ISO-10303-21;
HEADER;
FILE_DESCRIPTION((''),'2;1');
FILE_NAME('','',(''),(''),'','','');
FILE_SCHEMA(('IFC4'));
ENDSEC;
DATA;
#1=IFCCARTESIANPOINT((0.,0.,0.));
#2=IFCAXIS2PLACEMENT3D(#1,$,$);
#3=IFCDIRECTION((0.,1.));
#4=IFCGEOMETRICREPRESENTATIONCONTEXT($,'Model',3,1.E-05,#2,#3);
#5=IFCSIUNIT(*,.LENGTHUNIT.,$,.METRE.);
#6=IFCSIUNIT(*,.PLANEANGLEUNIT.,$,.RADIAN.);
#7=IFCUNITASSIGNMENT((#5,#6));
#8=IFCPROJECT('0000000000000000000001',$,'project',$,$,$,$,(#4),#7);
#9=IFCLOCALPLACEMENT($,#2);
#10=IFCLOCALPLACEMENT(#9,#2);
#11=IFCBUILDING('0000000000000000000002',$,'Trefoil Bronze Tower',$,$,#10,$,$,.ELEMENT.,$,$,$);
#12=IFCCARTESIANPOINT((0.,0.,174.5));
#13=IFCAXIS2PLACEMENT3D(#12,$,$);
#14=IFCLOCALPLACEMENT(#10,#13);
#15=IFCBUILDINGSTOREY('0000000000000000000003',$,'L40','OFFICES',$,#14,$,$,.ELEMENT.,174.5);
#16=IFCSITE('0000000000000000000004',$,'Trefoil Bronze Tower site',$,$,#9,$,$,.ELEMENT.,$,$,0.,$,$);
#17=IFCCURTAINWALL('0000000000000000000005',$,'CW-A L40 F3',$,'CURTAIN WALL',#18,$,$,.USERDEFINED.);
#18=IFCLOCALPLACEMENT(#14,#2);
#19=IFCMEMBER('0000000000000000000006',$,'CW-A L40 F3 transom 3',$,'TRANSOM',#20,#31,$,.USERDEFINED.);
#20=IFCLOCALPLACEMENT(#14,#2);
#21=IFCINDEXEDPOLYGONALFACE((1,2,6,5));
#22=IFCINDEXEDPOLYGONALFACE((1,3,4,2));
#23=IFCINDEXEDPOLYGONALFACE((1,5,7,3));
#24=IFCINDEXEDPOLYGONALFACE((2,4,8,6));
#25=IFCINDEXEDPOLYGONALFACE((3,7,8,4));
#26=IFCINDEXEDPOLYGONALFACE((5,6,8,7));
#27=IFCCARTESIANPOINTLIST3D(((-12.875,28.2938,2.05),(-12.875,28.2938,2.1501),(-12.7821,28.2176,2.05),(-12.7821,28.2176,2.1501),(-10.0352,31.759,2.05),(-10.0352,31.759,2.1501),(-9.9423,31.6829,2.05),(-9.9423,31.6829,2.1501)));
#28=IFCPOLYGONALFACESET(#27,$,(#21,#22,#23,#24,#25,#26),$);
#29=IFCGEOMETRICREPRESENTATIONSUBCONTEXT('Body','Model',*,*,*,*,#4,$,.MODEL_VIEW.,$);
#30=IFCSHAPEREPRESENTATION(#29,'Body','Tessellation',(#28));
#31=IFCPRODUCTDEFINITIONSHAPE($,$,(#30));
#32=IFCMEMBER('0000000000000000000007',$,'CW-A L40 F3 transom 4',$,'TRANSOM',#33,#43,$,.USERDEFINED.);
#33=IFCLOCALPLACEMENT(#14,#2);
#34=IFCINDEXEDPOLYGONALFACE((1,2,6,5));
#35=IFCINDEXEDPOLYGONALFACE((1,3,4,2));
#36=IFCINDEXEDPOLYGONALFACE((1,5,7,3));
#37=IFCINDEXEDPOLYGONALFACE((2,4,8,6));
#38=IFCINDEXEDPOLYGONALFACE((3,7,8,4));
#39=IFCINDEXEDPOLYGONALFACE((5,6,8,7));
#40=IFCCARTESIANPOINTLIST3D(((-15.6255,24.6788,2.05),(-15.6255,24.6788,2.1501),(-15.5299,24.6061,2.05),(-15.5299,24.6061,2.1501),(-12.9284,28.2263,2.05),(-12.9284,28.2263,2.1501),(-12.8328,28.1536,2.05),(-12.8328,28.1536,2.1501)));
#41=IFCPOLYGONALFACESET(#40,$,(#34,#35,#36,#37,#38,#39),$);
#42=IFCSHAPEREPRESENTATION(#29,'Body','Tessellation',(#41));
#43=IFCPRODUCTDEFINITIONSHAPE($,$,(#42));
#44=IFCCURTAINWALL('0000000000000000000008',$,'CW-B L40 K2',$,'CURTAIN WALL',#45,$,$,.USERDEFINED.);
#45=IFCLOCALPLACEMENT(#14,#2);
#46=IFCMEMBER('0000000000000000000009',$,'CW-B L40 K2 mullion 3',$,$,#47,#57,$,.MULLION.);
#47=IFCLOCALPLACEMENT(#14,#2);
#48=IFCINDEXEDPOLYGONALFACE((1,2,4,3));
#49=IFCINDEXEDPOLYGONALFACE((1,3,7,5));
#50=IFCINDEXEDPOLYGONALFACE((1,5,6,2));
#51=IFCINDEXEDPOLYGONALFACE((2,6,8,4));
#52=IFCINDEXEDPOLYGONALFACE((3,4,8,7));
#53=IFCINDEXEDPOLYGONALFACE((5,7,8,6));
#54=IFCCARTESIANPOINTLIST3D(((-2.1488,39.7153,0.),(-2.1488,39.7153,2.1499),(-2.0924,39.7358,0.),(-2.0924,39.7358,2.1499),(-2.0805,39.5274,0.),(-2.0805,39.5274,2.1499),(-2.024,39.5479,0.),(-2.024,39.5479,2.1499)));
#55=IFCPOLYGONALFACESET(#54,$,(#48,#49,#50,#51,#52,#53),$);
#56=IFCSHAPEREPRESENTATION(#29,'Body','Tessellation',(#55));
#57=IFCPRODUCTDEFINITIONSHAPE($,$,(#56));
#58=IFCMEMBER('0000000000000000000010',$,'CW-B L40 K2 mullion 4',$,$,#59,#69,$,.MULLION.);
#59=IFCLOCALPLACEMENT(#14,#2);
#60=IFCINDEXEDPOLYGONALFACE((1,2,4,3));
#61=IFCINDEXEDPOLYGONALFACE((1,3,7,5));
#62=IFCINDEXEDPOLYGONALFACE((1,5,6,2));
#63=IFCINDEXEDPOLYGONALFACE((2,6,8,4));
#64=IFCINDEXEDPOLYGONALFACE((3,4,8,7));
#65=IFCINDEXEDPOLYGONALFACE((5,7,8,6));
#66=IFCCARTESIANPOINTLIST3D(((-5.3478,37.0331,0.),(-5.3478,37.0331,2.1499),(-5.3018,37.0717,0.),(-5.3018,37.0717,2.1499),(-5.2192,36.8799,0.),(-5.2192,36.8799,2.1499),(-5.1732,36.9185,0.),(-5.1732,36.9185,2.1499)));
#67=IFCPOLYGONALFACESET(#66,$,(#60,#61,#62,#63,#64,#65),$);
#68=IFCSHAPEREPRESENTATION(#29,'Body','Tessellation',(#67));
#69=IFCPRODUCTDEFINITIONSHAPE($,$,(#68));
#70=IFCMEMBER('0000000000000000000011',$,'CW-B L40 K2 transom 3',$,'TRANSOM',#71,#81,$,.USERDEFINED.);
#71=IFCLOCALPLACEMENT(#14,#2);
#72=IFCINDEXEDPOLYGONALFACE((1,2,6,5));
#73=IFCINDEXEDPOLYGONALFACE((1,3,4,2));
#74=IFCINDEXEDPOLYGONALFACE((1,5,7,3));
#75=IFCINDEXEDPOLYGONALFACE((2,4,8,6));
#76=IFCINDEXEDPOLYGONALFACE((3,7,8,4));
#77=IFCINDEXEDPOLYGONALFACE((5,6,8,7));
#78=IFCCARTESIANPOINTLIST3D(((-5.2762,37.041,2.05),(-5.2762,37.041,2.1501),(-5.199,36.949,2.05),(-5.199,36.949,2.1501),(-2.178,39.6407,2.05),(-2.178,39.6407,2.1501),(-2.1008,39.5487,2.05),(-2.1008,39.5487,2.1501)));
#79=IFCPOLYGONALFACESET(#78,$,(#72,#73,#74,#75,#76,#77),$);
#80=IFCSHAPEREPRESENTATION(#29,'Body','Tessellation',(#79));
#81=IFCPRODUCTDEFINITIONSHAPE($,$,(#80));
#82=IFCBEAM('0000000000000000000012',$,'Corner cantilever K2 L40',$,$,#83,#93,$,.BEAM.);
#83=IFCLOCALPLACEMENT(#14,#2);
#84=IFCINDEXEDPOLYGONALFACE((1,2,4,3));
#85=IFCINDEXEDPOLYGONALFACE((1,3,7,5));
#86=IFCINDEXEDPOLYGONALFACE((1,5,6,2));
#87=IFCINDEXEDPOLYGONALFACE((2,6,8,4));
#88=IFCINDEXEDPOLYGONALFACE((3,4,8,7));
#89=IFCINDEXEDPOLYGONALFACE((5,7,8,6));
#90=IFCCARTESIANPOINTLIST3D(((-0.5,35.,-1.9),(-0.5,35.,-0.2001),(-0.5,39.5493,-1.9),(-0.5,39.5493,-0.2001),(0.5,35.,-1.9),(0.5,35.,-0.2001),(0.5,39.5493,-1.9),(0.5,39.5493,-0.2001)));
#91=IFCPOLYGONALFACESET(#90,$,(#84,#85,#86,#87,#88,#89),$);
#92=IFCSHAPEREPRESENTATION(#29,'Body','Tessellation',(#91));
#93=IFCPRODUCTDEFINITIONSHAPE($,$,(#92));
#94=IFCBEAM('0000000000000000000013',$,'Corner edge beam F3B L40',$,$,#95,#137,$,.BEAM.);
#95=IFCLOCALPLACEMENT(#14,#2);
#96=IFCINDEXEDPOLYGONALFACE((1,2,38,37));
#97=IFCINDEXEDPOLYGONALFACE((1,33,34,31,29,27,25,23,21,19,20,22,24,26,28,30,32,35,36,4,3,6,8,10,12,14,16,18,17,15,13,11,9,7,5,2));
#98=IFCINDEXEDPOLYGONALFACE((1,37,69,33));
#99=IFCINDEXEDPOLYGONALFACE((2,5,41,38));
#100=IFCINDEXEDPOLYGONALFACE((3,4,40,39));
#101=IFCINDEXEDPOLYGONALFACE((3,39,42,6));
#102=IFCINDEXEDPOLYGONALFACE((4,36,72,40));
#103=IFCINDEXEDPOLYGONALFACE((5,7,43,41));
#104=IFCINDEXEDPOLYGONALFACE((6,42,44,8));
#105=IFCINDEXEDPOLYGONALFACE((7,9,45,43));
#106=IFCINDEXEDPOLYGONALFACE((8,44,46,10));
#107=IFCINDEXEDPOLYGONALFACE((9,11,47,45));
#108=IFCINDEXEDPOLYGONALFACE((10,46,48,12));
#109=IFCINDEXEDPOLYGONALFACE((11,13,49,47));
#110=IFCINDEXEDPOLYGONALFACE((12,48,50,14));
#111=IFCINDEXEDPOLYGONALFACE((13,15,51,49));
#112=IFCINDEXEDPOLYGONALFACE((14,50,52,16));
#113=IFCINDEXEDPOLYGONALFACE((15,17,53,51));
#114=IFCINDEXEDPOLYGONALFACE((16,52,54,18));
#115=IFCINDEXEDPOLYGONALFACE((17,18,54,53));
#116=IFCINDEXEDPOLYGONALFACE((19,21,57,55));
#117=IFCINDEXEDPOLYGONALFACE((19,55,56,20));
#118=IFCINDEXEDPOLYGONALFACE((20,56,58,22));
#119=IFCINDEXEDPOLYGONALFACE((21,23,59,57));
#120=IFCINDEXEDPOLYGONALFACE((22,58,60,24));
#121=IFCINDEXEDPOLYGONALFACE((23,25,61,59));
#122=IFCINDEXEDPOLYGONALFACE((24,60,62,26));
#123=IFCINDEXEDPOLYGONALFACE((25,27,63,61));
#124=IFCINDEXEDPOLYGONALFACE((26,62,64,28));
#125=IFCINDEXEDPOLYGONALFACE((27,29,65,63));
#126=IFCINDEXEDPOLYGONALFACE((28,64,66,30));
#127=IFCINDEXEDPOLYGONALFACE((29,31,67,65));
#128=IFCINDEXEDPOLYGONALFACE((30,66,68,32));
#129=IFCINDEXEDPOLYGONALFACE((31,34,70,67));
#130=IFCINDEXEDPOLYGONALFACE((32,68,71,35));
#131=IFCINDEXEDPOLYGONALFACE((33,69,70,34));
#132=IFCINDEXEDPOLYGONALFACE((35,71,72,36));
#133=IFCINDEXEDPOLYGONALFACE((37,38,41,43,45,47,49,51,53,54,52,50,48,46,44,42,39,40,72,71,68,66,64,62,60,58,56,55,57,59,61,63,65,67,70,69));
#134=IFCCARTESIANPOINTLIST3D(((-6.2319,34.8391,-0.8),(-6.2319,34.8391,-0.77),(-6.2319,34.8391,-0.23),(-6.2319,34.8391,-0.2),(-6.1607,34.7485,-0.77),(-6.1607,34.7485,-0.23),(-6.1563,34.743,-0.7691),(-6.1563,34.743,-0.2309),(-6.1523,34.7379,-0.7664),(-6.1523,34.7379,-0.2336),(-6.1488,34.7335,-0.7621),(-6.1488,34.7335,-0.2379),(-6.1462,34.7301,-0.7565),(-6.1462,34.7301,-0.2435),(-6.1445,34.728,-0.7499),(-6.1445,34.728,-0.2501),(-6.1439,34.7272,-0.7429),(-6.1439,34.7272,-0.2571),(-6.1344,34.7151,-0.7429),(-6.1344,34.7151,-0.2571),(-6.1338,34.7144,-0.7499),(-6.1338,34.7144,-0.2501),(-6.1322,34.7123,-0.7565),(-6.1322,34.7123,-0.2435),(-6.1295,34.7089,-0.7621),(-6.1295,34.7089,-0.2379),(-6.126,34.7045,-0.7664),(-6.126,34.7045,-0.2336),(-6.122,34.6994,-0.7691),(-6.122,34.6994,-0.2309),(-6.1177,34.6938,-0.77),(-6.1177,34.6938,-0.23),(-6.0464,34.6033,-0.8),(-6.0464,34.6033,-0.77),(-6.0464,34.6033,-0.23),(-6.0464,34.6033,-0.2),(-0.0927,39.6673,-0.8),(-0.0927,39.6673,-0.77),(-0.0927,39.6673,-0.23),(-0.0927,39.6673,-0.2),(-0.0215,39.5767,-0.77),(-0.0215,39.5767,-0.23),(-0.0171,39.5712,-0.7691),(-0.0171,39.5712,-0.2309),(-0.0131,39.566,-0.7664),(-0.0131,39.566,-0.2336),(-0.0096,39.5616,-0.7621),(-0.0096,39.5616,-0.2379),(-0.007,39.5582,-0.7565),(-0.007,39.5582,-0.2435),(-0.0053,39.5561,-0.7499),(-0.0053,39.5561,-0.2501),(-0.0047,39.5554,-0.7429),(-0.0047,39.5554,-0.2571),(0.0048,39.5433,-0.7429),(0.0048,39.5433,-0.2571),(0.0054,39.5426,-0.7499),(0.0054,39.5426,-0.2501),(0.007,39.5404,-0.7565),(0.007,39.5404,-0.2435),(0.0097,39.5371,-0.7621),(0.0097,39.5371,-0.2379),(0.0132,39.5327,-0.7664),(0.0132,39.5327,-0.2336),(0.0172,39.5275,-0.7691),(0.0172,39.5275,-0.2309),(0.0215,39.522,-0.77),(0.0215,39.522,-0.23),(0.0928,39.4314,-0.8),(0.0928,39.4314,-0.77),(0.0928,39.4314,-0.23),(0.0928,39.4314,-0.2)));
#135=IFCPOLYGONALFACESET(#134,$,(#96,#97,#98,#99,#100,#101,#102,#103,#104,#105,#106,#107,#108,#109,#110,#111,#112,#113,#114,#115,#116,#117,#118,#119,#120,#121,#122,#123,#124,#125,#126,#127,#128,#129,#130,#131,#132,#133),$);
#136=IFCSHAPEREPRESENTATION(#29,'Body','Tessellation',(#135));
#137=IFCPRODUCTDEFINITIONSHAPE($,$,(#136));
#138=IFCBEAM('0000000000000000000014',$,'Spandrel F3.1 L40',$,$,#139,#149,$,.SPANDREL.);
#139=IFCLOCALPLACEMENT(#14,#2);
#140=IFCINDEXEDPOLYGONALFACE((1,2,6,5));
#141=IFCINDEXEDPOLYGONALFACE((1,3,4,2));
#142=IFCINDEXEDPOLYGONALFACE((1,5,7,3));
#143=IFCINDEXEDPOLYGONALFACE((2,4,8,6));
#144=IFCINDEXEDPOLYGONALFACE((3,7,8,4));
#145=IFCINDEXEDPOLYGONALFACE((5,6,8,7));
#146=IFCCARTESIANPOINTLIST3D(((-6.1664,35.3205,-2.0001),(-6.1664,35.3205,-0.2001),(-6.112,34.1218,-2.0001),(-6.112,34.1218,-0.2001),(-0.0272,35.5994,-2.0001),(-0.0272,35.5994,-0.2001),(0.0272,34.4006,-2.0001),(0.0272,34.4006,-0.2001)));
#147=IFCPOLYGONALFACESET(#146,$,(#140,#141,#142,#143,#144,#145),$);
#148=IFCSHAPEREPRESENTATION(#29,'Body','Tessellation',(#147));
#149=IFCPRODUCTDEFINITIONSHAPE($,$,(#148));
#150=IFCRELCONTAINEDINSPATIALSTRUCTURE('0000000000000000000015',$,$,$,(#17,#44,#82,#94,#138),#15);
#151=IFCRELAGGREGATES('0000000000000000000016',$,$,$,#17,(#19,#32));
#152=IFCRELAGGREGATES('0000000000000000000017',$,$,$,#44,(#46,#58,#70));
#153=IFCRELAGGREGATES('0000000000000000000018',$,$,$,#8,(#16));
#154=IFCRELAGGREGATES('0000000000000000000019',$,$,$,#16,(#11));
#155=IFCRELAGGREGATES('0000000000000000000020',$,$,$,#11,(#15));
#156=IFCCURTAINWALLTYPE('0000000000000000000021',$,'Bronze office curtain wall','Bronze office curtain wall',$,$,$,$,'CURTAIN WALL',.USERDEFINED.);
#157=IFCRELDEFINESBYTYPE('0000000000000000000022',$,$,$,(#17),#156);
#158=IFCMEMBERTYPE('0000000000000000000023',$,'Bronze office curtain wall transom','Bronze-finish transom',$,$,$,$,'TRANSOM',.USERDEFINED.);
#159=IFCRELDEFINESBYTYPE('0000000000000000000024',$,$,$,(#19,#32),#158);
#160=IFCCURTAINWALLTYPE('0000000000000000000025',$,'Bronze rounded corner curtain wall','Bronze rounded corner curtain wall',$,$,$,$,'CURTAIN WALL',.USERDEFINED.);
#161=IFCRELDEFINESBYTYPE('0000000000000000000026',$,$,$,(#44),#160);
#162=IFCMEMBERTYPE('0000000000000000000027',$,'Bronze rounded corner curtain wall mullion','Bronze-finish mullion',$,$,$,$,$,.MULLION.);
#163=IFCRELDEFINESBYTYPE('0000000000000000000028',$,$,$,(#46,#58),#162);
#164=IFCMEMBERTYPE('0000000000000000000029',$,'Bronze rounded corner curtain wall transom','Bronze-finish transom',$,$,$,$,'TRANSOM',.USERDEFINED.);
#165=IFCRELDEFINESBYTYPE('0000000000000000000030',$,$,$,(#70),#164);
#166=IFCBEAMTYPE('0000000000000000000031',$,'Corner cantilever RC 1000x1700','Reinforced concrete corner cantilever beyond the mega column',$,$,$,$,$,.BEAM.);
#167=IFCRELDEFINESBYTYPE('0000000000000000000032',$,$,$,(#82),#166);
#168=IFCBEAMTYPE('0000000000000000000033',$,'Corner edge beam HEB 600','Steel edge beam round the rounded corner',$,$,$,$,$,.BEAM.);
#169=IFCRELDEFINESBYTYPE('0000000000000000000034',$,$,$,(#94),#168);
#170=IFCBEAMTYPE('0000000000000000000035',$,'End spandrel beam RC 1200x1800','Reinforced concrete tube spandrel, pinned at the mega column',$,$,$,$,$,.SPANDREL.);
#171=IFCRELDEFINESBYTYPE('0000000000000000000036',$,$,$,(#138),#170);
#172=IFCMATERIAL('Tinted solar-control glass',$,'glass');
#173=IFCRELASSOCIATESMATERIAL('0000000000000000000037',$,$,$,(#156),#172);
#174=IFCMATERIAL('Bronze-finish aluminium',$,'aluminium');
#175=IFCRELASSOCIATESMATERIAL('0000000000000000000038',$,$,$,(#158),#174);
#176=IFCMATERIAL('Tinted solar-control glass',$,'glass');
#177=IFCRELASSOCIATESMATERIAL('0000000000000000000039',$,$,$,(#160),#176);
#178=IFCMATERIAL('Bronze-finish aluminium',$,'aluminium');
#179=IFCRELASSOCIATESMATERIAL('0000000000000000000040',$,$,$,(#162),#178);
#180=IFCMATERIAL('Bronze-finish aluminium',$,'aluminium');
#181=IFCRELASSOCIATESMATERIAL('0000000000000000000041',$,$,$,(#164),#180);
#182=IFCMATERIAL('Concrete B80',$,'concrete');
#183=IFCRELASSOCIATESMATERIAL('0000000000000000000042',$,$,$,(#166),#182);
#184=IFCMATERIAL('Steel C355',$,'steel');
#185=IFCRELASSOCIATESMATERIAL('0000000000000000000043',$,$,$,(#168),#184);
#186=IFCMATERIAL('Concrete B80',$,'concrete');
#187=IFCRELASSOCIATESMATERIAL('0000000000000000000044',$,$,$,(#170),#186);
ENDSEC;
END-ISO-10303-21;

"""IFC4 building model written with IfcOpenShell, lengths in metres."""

from ifc_helpers import new_model, si_unit, direction, frame, origin, origin_2d, place, context, subcontext, project, spatial, rectangle, i_section, extrude, material, material_profile, profile_set, type_object, element, aggregate, save


model = new_model("IFC4")

# Units and contexts
model_context = context("Model", 3, precision=1e-05, world=origin(), true_north=direction((0.0, 1.0)))
body_context = subcontext(model_context, "Body", "Model", "MODEL_VIEW")
ifc_project = project(units=[si_unit("LENGTHUNIT", "METRE"), si_unit("PLANEANGLEUNIT", "RADIAN")], contexts=[model_context])

# Site, building, storey
site_placement = place(None, origin())
site = spatial("IfcSite", under=ifc_project, at=site_placement, Name="Trefoil Bronze Tower site", CompositionType="ELEMENT", RefElevation=0.0)
building_placement = place(site_placement, origin())
building = spatial("IfcBuilding", under=site, at=building_placement, Name="Trefoil Bronze Tower", CompositionType="ELEMENT")
storey_placement = place(building_placement, frame((0.0, 0.0, 174.5)))
storey = spatial("IfcBuildingStorey", under=building, at=storey_placement, Name="L40", Description="OFFICES", CompositionType="ELEMENT", Elevation=174.5)

# Curtain walls, members
ifc_material_1 = material(Name="Tinted solar-control glass", Category="glass")
curtain_wall_type_1 = type_object("IfcCurtainWallType", Name="Bronze office curtain wall", Description="Bronze office curtain wall", ElementType="CURTAIN WALL", PredefinedType="USERDEFINED", material=ifc_material_1)
curtain_wall_1_placement = place(storey_placement, origin())
curtain_wall_1 = element("IfcCurtainWall", 1, at=curtain_wall_1_placement, inside=storey, type_object=curtain_wall_type_1, Name="CW-A L40 F3", ObjectType="CURTAIN WALL", PredefinedType="USERDEFINED")
ifc_material_2 = material(Name="Bronze-finish aluminium", Category="aluminium")
ifc_material_profile_1 = material_profile(ifc_material_2, rectangle(XDim=0.1201, YDim=0.1001, at=origin_2d()), Name="CW-A transom")
ifc_profile_set_1 = profile_set([ifc_material_profile_1], Name="Bronze-finish aluminium")
member_type_1 = type_object("IfcMemberType", Name="Bronze office curtain wall transom", Description="Bronze-finish transom", ElementType="TRANSOM", PredefinedType="USERDEFINED", material=ifc_profile_set_1)
member_1_placement = place(storey_placement, frame((-9.9888, 31.7209, 2.1001), z_axis=(-0.633849, -0.773457, 0.0), x_axis=(0.773457, -0.633849, 0.0)))
member_1 = element("IfcMember", 2, at=member_1_placement, type_object=member_type_1, Name="CW-A L40 F3 transom 3", ObjectType="TRANSOM", PredefinedType="USERDEFINED", context=body_context, shape_type="SweptSolid", body=[
    extrude(rectangle(XDim=0.1201, YDim=0.1001, at=origin_2d()), origin(), (0.0, 0.0, 1.0), 4.4802),
])
member_2_placement = place(storey_placement, frame((-12.8806, 28.1899, 2.1001), z_axis=(-0.605229, -0.796051, 0.0), x_axis=(0.796051, -0.605229, 0.0)))
member_2 = element("IfcMember", 3, at=member_2_placement, type_object=member_type_1, Name="CW-A L40 F3 transom 4", ObjectType="TRANSOM", PredefinedType="USERDEFINED", context=body_context, shape_type="SweptSolid", body=[
    extrude(rectangle(XDim=0.1201, YDim=0.1001, at=origin_2d()), origin(), (0.0, 0.0, 1.0), 4.4563),
])
ifc_material_3 = material(Name="Tinted solar-control glass", Category="glass")
curtain_wall_type_2 = type_object("IfcCurtainWallType", Name="Bronze rounded corner curtain wall", Description="Bronze rounded corner curtain wall", ElementType="CURTAIN WALL", PredefinedType="USERDEFINED", material=ifc_material_3)
curtain_wall_2_placement = place(storey_placement, origin())
curtain_wall_2 = element("IfcCurtainWall", 4, at=curtain_wall_2_placement, inside=storey, type_object=curtain_wall_type_2, Name="CW-B L40 K2", ObjectType="CURTAIN WALL", PredefinedType="USERDEFINED")
ifc_material_4 = material(Name="Bronze-finish aluminium", Category="aluminium")
ifc_material_profile_2 = material_profile(ifc_material_4, rectangle(XDim=0.2, YDim=0.0601, at=origin_2d()), Name="CW-B mullion")
ifc_profile_set_2 = profile_set([ifc_material_profile_2], Name="Bronze-finish aluminium")
member_type_2 = type_object("IfcMemberType", Name="Bronze rounded corner curtain wall mullion", Description="Bronze-finish mullion", PredefinedType="MULLION", material=ifc_profile_set_2)
member_3_placement = place(storey_placement, frame((-2.0864, 39.6316, 0.0), z_axis=(0.0, 0.0, 1.0), x_axis=(0.34202, -0.939693, 0.0)))
member_3 = element("IfcMember", 5, at=member_3_placement, type_object=member_type_2, Name="CW-B L40 K2 mullion 3", PredefinedType="MULLION", context=body_context, shape_type="SweptSolid", body=[
    extrude(rectangle(XDim=0.2, YDim=0.0601, at=origin_2d()), origin(), (0.0, 0.0, 1.0), 2.1499),
])
member_4_placement = place(storey_placement, frame((-5.2605, 36.9758, 0.0), z_axis=(0.0, 0.0, 1.0), x_axis=(0.642788, -0.766044, 0.0)))
member_4 = element("IfcMember", 6, at=member_4_placement, type_object=member_type_2, Name="CW-B L40 K2 mullion 4", PredefinedType="MULLION", context=body_context, shape_type="SweptSolid", body=[
    extrude(rectangle(XDim=0.2, YDim=0.0601, at=origin_2d()), origin(), (0.0, 0.0, 1.0), 2.1499),
])
ifc_material_5 = material(Name="Bronze-finish aluminium", Category="aluminium")
ifc_material_profile_3 = material_profile(ifc_material_5, rectangle(XDim=0.1201, YDim=0.1001, at=origin_2d()), Name="CW-B transom")
ifc_profile_set_3 = profile_set([ifc_material_profile_3], Name="Bronze-finish aluminium")
member_type_3 = type_object("IfcMemberType", Name="Bronze rounded corner curtain wall transom", Description="Bronze-finish transom", ElementType="TRANSOM", PredefinedType="USERDEFINED", material=ifc_profile_set_3)
member_5_placement = place(storey_placement, frame((-2.1394, 39.5947, 2.1001), z_axis=(-0.76605, -0.642781, 0.0), x_axis=(0.642781, -0.76605, 0.0)))
member_5 = element("IfcMember", 7, at=member_5_placement, type_object=member_type_3, Name="CW-B L40 K2 transom 3", ObjectType="TRANSOM", PredefinedType="USERDEFINED", context=body_context, shape_type="SweptSolid", body=[
    extrude(rectangle(XDim=0.1201, YDim=0.1001, at=origin_2d()), origin(), (0.0, 0.0, 1.0), 4.0444),
])

# Beams
ifc_material_6 = material(Name="Concrete B80", Category="concrete")
ifc_material_profile_4 = material_profile(ifc_material_6, rectangle(XDim=1.0, YDim=1.7, at=origin_2d()), Name="RC 1000x1700")
ifc_profile_set_4 = profile_set([ifc_material_profile_4], Name="Concrete B80")
beam_type_1 = type_object("IfcBeamType", Name="Corner cantilever RC 1000x1700", Description="Reinforced concrete corner cantilever beyond the mega column", PredefinedType="BEAM", material=ifc_profile_set_4)
beam_1_placement = place(storey_placement, frame((0.0, 35.0, -1.05), z_axis=(0.0, 1.0, 0.0), x_axis=(-1.0, 0.0, 0.0)))
element("IfcBeam", 8, at=beam_1_placement, inside=storey, type_object=beam_type_1, Name="Corner cantilever K2 L40", PredefinedType="BEAM", context=body_context, shape_type="SweptSolid", body=[
    extrude(rectangle(XDim=1.0, YDim=1.7, at=origin_2d()), origin(), (0.0, 0.0, 1.0), 4.5493),
])
ifc_material_7 = material(Name="Steel C355", Category="steel")
ifc_material_profile_5 = material_profile(ifc_material_7, i_section(OverallWidth=0.3, OverallDepth=0.6001, WebThickness=0.0154, FlangeThickness=0.03, FilletRadius=0.0271, at=origin_2d()), Name="HEB 600")
ifc_profile_set_5 = profile_set([ifc_material_profile_5], Name="Steel C355")
beam_type_2 = type_object("IfcBeamType", Name="Corner edge beam HEB 600", Description="Steel edge beam round the rounded corner", PredefinedType="BEAM", material=ifc_profile_set_5)
beam_2_placement = place(storey_placement, frame((-6.1392, 34.7212, -0.5), z_axis=(0.786038, 0.618178, 0.0), x_axis=(-0.618178, 0.786038, 0.0)))
element("IfcBeam", 9, at=beam_2_placement, inside=storey, type_object=beam_type_2, Name="Corner edge beam F3B L40", PredefinedType="BEAM", context=body_context, shape_type="SweptSolid", body=[
    extrude(i_section(OverallWidth=0.3, OverallDepth=0.6001, WebThickness=0.0154, FlangeThickness=0.03, FilletRadius=0.0271, at=origin_2d()), origin(), (0.0, 0.0, 1.0), 7.8103),
])
ifc_material_8 = material(Name="Concrete B80", Category="concrete")
ifc_material_profile_6 = material_profile(ifc_material_8, rectangle(XDim=1.2, YDim=1.8, at=origin_2d()), Name="RC 1200x1800")
ifc_profile_set_6 = profile_set([ifc_material_profile_6], Name="Concrete B80")
beam_type_3 = type_object("IfcBeamType", Name="End spandrel beam RC 1200x1800", Description="Reinforced concrete tube spandrel, pinned at the mega column", PredefinedType="SPANDREL", material=ifc_profile_set_6)
beam_3_placement = place(storey_placement, frame((0.0, 35.0, -1.1001), z_axis=(-0.99897, -0.045368, 0.0), x_axis=(0.045368, -0.99897, 0.0)))
element("IfcBeam", 10, at=beam_3_placement, inside=storey, type_object=beam_type_3, Name="Spandrel F3.1 L40", PredefinedType="SPANDREL", context=body_context, shape_type="SweptSolid", body=[
    extrude(rectangle(XDim=1.2, YDim=1.8, at=origin_2d()), origin(), (0.0, 0.0, 1.0), 6.1455),
])

aggregate(curtain_wall_1, [member_1, member_2])
aggregate(curtain_wall_2, [member_3, member_4, member_5])

save(model, "model.ifc")
